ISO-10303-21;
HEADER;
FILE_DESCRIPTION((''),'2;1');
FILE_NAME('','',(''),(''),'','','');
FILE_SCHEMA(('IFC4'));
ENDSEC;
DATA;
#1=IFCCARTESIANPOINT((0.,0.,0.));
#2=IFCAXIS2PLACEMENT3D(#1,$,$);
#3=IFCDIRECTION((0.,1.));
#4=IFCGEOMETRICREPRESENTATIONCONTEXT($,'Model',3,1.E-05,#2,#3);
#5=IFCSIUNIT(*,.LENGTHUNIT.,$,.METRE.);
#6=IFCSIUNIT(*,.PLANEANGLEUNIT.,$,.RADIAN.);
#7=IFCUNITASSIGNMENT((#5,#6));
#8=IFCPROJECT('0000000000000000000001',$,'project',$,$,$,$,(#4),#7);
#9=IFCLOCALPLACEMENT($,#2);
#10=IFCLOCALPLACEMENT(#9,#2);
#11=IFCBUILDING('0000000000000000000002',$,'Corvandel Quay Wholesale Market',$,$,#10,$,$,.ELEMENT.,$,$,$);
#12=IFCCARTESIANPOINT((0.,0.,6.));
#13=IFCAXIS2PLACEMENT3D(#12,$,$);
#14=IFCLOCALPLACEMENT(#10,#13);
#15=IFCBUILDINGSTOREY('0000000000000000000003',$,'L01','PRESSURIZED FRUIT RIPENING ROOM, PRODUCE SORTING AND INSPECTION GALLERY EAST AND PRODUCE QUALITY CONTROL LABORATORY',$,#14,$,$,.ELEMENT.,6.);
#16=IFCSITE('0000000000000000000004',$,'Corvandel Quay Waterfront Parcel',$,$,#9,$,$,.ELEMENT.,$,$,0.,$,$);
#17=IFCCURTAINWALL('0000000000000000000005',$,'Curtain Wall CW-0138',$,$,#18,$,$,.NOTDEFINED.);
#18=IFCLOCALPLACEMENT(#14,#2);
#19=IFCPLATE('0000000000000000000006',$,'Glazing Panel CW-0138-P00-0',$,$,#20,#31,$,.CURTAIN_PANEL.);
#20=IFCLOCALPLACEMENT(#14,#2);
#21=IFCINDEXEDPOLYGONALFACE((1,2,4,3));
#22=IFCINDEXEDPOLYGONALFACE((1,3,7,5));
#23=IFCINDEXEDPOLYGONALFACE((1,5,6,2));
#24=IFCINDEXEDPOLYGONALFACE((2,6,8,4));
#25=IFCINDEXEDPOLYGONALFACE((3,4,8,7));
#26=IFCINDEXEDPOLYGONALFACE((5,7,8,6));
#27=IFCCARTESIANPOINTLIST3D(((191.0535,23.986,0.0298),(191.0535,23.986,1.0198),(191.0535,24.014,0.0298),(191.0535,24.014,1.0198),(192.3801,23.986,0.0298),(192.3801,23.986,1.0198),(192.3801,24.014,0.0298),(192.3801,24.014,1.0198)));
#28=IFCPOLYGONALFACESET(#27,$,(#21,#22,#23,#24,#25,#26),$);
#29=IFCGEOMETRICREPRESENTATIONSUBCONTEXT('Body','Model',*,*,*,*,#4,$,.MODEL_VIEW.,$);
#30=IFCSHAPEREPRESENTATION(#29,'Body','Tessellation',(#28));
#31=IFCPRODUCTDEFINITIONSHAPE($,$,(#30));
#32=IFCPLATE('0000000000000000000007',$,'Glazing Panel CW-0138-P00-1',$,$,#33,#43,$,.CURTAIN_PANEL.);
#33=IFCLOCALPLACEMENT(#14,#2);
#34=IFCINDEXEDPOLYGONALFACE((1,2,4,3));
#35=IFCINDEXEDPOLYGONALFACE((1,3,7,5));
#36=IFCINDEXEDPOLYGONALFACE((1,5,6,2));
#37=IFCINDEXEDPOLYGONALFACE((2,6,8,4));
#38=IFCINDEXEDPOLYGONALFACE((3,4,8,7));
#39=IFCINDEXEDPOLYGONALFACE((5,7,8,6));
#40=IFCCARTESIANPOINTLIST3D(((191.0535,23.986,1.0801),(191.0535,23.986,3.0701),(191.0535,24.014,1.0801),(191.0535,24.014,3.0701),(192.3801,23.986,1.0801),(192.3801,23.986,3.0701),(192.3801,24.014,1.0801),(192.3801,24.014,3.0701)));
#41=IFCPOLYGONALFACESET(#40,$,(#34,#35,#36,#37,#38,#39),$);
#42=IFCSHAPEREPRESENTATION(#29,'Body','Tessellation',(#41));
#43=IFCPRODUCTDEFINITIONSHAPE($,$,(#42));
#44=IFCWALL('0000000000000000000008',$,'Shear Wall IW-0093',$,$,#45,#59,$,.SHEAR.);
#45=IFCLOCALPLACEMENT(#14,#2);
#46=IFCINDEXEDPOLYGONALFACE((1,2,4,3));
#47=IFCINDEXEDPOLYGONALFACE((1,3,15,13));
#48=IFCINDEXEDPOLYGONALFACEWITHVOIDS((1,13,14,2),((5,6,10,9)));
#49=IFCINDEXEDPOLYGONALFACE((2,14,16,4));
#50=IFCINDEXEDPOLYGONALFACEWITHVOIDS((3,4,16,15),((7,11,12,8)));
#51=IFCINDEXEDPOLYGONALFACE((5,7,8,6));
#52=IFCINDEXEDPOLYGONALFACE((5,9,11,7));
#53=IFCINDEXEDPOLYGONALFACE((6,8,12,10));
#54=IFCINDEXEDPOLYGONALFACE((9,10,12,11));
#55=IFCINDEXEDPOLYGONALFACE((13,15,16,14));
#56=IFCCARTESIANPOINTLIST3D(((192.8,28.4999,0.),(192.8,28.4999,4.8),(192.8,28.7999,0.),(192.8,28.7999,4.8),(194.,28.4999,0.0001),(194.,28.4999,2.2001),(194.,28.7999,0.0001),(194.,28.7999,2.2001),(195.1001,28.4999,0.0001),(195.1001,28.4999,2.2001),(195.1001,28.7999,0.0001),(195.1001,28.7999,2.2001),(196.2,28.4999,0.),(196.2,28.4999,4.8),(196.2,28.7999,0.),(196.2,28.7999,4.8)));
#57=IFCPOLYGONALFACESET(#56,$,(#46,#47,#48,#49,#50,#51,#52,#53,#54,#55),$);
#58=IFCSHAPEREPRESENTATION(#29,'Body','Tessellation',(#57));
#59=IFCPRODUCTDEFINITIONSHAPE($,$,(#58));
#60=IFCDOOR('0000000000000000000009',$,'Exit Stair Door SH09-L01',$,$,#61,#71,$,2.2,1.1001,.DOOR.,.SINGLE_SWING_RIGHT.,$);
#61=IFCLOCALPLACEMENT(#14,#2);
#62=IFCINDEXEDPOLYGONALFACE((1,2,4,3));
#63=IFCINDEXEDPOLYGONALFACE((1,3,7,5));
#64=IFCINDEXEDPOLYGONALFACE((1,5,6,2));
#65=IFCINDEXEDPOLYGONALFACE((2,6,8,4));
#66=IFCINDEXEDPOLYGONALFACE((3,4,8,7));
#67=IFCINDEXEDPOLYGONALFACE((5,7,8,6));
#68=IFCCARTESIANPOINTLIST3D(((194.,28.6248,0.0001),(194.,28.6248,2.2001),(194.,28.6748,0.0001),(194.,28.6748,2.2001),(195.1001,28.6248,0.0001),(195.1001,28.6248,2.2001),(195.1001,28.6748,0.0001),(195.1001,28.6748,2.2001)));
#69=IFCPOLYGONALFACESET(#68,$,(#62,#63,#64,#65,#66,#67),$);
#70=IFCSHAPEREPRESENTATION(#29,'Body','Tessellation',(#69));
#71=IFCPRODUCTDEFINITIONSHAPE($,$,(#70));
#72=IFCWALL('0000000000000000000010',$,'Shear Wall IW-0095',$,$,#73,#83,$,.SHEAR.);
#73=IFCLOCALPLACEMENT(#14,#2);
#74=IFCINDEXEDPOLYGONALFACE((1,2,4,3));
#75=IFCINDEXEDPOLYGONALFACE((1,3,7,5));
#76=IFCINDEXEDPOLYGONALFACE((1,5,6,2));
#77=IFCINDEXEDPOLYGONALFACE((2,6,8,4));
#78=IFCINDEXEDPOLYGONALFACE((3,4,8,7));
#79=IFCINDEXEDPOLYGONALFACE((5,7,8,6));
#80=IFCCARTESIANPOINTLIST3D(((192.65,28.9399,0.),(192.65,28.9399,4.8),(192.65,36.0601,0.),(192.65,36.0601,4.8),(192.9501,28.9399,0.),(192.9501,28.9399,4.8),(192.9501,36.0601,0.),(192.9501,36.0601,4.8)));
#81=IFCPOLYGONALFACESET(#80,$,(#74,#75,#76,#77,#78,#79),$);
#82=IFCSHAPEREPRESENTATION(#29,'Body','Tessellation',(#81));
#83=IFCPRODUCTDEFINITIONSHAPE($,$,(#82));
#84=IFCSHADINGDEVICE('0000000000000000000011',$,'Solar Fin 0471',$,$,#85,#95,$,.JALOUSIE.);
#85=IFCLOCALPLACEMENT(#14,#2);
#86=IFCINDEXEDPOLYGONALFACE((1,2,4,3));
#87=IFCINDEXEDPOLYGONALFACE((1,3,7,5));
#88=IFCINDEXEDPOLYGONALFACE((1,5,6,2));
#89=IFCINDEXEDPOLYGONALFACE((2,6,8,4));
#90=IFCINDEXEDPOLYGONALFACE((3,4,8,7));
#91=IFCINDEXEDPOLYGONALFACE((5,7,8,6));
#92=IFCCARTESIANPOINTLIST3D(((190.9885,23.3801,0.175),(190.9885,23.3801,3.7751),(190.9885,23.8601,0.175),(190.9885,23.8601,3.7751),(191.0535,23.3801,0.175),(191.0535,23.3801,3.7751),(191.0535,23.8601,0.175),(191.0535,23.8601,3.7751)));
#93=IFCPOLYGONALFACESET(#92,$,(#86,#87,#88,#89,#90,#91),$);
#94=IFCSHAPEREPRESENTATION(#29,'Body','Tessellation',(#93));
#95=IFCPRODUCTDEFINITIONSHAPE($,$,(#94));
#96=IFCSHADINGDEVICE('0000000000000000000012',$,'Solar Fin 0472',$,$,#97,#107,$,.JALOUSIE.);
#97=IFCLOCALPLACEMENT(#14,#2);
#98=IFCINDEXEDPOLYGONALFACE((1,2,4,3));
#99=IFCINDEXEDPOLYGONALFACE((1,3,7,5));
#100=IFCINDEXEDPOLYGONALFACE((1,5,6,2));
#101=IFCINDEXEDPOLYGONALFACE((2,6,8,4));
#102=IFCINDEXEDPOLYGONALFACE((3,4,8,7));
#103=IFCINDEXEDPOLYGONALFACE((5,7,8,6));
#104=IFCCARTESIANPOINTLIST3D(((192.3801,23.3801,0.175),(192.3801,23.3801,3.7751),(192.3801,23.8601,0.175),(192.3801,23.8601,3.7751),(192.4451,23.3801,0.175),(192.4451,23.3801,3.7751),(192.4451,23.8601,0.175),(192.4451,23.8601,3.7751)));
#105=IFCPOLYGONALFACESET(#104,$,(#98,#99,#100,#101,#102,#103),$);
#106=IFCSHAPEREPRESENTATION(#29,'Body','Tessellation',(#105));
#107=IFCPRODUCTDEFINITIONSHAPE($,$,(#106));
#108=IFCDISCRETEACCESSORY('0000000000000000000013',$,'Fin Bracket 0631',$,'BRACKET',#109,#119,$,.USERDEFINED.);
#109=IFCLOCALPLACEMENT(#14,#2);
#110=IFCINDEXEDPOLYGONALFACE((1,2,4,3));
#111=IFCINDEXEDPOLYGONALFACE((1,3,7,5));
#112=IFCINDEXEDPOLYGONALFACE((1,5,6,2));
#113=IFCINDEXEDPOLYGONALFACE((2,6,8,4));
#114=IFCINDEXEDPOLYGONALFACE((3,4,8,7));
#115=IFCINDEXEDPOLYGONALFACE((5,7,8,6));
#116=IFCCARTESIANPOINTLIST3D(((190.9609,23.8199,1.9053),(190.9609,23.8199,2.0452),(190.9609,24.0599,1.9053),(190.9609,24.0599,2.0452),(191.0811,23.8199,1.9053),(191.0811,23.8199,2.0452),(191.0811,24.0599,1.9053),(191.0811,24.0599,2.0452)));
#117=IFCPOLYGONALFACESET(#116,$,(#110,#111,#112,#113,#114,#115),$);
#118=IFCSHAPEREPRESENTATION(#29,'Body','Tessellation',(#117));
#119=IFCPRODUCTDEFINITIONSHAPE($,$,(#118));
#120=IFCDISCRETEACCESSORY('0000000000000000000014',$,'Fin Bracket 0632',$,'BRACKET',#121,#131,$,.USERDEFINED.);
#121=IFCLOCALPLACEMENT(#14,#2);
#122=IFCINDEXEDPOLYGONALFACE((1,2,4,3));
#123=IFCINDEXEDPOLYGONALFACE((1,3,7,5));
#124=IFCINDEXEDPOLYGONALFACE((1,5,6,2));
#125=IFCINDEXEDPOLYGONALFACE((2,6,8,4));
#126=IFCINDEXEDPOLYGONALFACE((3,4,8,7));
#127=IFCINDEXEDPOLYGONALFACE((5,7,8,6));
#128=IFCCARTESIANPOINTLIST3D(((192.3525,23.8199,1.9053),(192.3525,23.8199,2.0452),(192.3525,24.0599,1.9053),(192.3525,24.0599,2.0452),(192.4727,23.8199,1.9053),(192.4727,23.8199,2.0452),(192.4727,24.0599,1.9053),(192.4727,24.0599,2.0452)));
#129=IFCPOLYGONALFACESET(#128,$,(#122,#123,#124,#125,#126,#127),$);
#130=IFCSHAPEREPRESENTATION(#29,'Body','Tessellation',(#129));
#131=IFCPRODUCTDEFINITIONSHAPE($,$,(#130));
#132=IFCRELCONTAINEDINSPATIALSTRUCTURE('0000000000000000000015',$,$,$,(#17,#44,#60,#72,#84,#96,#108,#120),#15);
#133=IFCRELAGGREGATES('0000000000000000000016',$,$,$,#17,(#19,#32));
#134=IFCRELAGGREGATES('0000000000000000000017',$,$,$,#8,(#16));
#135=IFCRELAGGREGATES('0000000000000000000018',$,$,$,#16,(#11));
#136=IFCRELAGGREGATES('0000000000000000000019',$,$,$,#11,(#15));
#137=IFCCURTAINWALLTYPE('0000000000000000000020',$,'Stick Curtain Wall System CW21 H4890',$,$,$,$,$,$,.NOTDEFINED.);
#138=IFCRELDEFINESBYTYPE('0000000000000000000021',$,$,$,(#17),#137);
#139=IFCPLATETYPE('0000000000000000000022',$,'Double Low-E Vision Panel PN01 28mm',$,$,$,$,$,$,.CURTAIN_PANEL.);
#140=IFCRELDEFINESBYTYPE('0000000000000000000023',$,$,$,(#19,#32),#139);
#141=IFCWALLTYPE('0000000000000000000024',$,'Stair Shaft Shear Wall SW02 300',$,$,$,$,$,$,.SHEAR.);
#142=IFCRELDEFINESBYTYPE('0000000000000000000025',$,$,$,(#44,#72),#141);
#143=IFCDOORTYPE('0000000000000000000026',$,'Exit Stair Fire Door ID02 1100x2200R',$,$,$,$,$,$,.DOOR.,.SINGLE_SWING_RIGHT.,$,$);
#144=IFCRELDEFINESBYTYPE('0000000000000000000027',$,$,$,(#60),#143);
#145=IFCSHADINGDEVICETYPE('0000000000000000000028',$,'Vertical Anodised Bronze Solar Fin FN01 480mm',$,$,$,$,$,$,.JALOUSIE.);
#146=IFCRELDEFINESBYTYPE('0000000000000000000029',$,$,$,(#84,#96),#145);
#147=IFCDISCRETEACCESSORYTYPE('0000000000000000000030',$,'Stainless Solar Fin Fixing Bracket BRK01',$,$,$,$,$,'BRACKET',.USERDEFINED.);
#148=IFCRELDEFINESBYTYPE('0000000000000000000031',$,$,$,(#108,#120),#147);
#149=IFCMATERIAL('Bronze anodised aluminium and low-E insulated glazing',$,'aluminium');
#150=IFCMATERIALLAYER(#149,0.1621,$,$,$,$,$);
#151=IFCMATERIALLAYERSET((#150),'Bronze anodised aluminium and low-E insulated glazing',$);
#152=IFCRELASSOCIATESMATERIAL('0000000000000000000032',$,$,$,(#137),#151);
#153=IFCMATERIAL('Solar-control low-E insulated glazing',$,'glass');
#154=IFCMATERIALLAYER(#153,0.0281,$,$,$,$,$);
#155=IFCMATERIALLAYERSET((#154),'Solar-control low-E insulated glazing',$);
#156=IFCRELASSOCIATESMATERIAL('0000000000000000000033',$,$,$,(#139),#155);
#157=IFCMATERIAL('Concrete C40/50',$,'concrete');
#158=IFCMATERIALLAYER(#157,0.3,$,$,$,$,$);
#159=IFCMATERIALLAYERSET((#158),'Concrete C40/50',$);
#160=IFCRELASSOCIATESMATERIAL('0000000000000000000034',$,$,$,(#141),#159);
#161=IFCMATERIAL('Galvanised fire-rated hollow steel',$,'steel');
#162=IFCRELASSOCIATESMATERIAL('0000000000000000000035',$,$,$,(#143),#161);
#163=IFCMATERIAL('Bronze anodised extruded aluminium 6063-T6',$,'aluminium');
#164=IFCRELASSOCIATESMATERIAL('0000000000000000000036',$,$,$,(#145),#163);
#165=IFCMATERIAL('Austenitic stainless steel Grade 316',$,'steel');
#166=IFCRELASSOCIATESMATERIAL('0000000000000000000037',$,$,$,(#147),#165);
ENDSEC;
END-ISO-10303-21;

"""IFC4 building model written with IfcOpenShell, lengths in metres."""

from ifc_helpers import new_model, si_unit, direction, frame, frame_2d, origin, origin_2d, place, context, subcontext, project, spatial, rectangle, extrude, material, layer, layer_set, type_object, element, fill, aggregate, save


model = new_model("IFC4")

# Units and contexts
model_context = context("Model", 3, precision=1e-05, world=origin(), true_north=direction((0.0, 1.0)))
body_context = subcontext(model_context, "Body", "Model", "MODEL_VIEW")
ifc_project = project(units=[si_unit("LENGTHUNIT", "METRE"), si_unit("PLANEANGLEUNIT", "RADIAN")], contexts=[model_context])

# Site, building, storey
site_placement = place(None, origin())
site = spatial("IfcSite", under=ifc_project, at=site_placement, Name="Corvandel Quay Waterfront Parcel", CompositionType="ELEMENT", RefElevation=0.0)
building_placement = place(site_placement, origin())
building = spatial("IfcBuilding", under=site, at=building_placement, Name="Corvandel Quay Wholesale Market", CompositionType="ELEMENT")
storey_placement = place(building_placement, frame((0.0, 0.0, 6.0)))
storey = spatial("IfcBuildingStorey", under=building, at=storey_placement, Name="L01", Description="PRESSURIZED FRUIT RIPENING ROOM, PRODUCE SORTING AND INSPECTION GALLERY EAST AND PRODUCE QUALITY CONTROL LABORATORY", CompositionType="ELEMENT", Elevation=6.0)

# Curtain wall
ifc_material_1 = material(Name="Bronze anodised aluminium and low-E insulated glazing", Category="aluminium")
ifc_layer_1 = layer(ifc_material_1, 0.1621)
ifc_layer_set_1 = layer_set([ifc_layer_1], Name="Bronze anodised aluminium and low-E insulated glazing")
curtain_wall_type = type_object("IfcCurtainWallType", Name="Stick Curtain Wall System CW21 H4890", PredefinedType="NOTDEFINED", material=ifc_layer_set_1)
curtain_wall_placement = place(storey_placement, origin())
curtain_wall = element("IfcCurtainWall", 1, at=curtain_wall_placement, inside=storey, type_object=curtain_wall_type, Name="Curtain Wall CW-0138", PredefinedType="NOTDEFINED")

# Plates
ifc_material_2 = material(Name="Solar-control low-E insulated glazing", Category="glass")
ifc_layer_2 = layer(ifc_material_2, 0.0281)
ifc_layer_set_2 = layer_set([ifc_layer_2], Name="Solar-control low-E insulated glazing")
plate_type_1 = type_object("IfcPlateType", Name="Double Low-E Vision Panel PN01 28mm", PredefinedType="CURTAIN_PANEL", material=ifc_layer_set_2)
plate_1_placement = place(storey_placement, frame((191.7168, 24.0, 0.0298), z_axis=(0.0, 0.0, 1.0), x_axis=(1.0, 0.0, 0.0)))
plate_1 = element("IfcPlate", 2, at=plate_1_placement, type_object=plate_type_1, Name="Glazing Panel CW-0138-P00-0", PredefinedType="CURTAIN_PANEL", context=body_context, shape_type="SweptSolid", body=[
    extrude(rectangle(XDim=1.3267, YDim=0.0281, at=origin_2d()), origin(), (0.0, 0.0, 1.0), 0.99),
])
plate_2_placement = place(storey_placement, frame((191.7168, 24.0, 1.0801), z_axis=(0.0, 0.0, 1.0), x_axis=(1.0, 0.0, 0.0)))
plate_2 = element("IfcPlate", 3, at=plate_2_placement, type_object=plate_type_1, Name="Glazing Panel CW-0138-P00-1", PredefinedType="CURTAIN_PANEL", context=body_context, shape_type="SweptSolid", body=[
    extrude(rectangle(XDim=1.3267, YDim=0.0281, at=origin_2d()), origin(), (0.0, 0.0, 1.0), 1.99),
])
aggregate(curtain_wall, [plate_1, plate_2])

# Wall, opening, door
ifc_material_3 = material(Name="Concrete C40/50", Category="concrete")
ifc_layer_3 = layer(ifc_material_3, 0.3)
ifc_layer_set_3 = layer_set([ifc_layer_3], Name="Concrete C40/50")
wall_type = type_object("IfcWallType", Name="Stair Shaft Shear Wall SW02 300", PredefinedType="SHEAR", material=ifc_layer_set_3)
wall_1_placement = place(storey_placement, frame((192.8, 28.6499, 0.0), z_axis=(0.0, 0.0, 1.0), x_axis=(1.0, 0.0, 0.0)))
wall_1 = element("IfcWall", 4, at=wall_1_placement, inside=storey, type_object=wall_type, Name="Shear Wall IW-0093", PredefinedType="SHEAR", context=body_context, shape_type="SweptSolid", body=[
    extrude(rectangle(XDim=3.3999, YDim=0.3, at=frame_2d((1.7, 0.0))), origin(), (0.0, 0.0, 1.0), 4.8),
])
opening_placement = place(wall_1_placement, frame((1.2, 0.0, 0.0)))
opening = element("IfcOpeningElement", 5, at=opening_placement, cuts=wall_1, PredefinedType="OPENING", context=body_context, shape_type="SweptSolid", body=[
    extrude(rectangle(XDim=1.1001, YDim=2.2, at=frame_2d((0.55, 1.1001))), frame((0.0, 0.1599, 0.0), z_axis=(0.0, -1.0, 0.0), x_axis=(1.0, 0.0, 0.0)), (0.0, 0.0, 1.0), 0.3201),
])
ifc_material_4 = material(Name="Galvanised fire-rated hollow steel", Category="steel")
door_type = type_object("IfcDoorType", Name="Exit Stair Fire Door ID02 1100x2200R", OperationType="SINGLE_SWING_RIGHT", PredefinedType="DOOR", material=ifc_material_4)
door_placement = place(opening_placement, origin())
door = element("IfcDoor", 6, at=door_placement, inside=storey, type_object=door_type, Name="Exit Stair Door SH09-L01", OperationType="SINGLE_SWING_RIGHT", OverallHeight=2.2, OverallWidth=1.1001, PredefinedType="DOOR", context=body_context, shape_type="SweptSolid", body=[
    extrude(rectangle(XDim=1.1001, YDim=2.2, at=frame_2d((0.55, 1.1001))), frame((0.0, 0.0249, 0.0), z_axis=(0.0, -1.0, 0.0), x_axis=(1.0, 0.0, 0.0)), (0.0, 0.0, 1.0), 0.05),
])
fill(opening, door)

# Wall
wall_2_placement = place(storey_placement, frame((192.8, 28.9399, 0.0), z_axis=(0.0, 0.0, 1.0), x_axis=(0.0, 1.0, 0.0)))
element("IfcWall", 7, at=wall_2_placement, inside=storey, type_object=wall_type, Name="Shear Wall IW-0095", PredefinedType="SHEAR", context=body_context, shape_type="SweptSolid", body=[
    extrude(rectangle(XDim=7.1201, YDim=0.3, at=frame_2d((3.5601, 0.0))), origin(), (0.0, 0.0, 1.0), 4.8),
])

# Shading devices
ifc_material_5 = material(Name="Bronze anodised extruded aluminium 6063-T6", Category="aluminium")
shading_device_type = type_object("IfcShadingDeviceType", Name="Vertical Anodised Bronze Solar Fin FN01 480mm", PredefinedType="JALOUSIE", material=ifc_material_5)
for number, where, z_axis, x_axis, name in (
    (8, (191.021, 23.6201, 0.175), (0.0, 0.0, 1.0), (0.0, 1.0, 0.0), "Solar Fin 0471"),
    (9, (192.4126, 23.6201, 0.175), (0.0, 0.0, 1.0), (0.0, 1.0, 0.0), "Solar Fin 0472"),
):
    element("IfcShadingDevice", number, at=place(storey_placement, frame(where, z_axis=z_axis, x_axis=x_axis)), inside=storey, type_object=shading_device_type, Name=name, PredefinedType="JALOUSIE", context=body_context, shape_type="SweptSolid", body=[
        extrude(rectangle(XDim=0.48, YDim=0.0649, at=origin_2d()), origin(), (0.0, 0.0, 1.0), 3.6001),
    ])

# Discrete accessories
ifc_material_6 = material(Name="Austenitic stainless steel Grade 316", Category="steel")
discrete_accessory_type = type_object("IfcDiscreteAccessoryType", Name="Stainless Solar Fin Fixing Bracket BRK01", ElementType="BRACKET", PredefinedType="USERDEFINED", material=ifc_material_6)
for number, where, z_axis, x_axis, name in (
    (10, (191.021, 23.9399, 1.9053), (0.0, 0.0, 1.0), (0.0, 1.0, 0.0), "Fin Bracket 0631"),
    (11, (192.4126, 23.9399, 1.9053), (0.0, 0.0, 1.0), (0.0, 1.0, 0.0), "Fin Bracket 0632"),
):
    element("IfcDiscreteAccessory", number, at=place(storey_placement, frame(where, z_axis=z_axis, x_axis=x_axis)), inside=storey, type_object=discrete_accessory_type, Name=name, ObjectType="BRACKET", PredefinedType="USERDEFINED", context=body_context, shape_type="SweptSolid", body=[
        extrude(rectangle(XDim=0.24, YDim=0.1201, at=origin_2d()), origin(), (0.0, 0.0, 1.0), 0.1399),
    ])

save(model, "model.ifc")
